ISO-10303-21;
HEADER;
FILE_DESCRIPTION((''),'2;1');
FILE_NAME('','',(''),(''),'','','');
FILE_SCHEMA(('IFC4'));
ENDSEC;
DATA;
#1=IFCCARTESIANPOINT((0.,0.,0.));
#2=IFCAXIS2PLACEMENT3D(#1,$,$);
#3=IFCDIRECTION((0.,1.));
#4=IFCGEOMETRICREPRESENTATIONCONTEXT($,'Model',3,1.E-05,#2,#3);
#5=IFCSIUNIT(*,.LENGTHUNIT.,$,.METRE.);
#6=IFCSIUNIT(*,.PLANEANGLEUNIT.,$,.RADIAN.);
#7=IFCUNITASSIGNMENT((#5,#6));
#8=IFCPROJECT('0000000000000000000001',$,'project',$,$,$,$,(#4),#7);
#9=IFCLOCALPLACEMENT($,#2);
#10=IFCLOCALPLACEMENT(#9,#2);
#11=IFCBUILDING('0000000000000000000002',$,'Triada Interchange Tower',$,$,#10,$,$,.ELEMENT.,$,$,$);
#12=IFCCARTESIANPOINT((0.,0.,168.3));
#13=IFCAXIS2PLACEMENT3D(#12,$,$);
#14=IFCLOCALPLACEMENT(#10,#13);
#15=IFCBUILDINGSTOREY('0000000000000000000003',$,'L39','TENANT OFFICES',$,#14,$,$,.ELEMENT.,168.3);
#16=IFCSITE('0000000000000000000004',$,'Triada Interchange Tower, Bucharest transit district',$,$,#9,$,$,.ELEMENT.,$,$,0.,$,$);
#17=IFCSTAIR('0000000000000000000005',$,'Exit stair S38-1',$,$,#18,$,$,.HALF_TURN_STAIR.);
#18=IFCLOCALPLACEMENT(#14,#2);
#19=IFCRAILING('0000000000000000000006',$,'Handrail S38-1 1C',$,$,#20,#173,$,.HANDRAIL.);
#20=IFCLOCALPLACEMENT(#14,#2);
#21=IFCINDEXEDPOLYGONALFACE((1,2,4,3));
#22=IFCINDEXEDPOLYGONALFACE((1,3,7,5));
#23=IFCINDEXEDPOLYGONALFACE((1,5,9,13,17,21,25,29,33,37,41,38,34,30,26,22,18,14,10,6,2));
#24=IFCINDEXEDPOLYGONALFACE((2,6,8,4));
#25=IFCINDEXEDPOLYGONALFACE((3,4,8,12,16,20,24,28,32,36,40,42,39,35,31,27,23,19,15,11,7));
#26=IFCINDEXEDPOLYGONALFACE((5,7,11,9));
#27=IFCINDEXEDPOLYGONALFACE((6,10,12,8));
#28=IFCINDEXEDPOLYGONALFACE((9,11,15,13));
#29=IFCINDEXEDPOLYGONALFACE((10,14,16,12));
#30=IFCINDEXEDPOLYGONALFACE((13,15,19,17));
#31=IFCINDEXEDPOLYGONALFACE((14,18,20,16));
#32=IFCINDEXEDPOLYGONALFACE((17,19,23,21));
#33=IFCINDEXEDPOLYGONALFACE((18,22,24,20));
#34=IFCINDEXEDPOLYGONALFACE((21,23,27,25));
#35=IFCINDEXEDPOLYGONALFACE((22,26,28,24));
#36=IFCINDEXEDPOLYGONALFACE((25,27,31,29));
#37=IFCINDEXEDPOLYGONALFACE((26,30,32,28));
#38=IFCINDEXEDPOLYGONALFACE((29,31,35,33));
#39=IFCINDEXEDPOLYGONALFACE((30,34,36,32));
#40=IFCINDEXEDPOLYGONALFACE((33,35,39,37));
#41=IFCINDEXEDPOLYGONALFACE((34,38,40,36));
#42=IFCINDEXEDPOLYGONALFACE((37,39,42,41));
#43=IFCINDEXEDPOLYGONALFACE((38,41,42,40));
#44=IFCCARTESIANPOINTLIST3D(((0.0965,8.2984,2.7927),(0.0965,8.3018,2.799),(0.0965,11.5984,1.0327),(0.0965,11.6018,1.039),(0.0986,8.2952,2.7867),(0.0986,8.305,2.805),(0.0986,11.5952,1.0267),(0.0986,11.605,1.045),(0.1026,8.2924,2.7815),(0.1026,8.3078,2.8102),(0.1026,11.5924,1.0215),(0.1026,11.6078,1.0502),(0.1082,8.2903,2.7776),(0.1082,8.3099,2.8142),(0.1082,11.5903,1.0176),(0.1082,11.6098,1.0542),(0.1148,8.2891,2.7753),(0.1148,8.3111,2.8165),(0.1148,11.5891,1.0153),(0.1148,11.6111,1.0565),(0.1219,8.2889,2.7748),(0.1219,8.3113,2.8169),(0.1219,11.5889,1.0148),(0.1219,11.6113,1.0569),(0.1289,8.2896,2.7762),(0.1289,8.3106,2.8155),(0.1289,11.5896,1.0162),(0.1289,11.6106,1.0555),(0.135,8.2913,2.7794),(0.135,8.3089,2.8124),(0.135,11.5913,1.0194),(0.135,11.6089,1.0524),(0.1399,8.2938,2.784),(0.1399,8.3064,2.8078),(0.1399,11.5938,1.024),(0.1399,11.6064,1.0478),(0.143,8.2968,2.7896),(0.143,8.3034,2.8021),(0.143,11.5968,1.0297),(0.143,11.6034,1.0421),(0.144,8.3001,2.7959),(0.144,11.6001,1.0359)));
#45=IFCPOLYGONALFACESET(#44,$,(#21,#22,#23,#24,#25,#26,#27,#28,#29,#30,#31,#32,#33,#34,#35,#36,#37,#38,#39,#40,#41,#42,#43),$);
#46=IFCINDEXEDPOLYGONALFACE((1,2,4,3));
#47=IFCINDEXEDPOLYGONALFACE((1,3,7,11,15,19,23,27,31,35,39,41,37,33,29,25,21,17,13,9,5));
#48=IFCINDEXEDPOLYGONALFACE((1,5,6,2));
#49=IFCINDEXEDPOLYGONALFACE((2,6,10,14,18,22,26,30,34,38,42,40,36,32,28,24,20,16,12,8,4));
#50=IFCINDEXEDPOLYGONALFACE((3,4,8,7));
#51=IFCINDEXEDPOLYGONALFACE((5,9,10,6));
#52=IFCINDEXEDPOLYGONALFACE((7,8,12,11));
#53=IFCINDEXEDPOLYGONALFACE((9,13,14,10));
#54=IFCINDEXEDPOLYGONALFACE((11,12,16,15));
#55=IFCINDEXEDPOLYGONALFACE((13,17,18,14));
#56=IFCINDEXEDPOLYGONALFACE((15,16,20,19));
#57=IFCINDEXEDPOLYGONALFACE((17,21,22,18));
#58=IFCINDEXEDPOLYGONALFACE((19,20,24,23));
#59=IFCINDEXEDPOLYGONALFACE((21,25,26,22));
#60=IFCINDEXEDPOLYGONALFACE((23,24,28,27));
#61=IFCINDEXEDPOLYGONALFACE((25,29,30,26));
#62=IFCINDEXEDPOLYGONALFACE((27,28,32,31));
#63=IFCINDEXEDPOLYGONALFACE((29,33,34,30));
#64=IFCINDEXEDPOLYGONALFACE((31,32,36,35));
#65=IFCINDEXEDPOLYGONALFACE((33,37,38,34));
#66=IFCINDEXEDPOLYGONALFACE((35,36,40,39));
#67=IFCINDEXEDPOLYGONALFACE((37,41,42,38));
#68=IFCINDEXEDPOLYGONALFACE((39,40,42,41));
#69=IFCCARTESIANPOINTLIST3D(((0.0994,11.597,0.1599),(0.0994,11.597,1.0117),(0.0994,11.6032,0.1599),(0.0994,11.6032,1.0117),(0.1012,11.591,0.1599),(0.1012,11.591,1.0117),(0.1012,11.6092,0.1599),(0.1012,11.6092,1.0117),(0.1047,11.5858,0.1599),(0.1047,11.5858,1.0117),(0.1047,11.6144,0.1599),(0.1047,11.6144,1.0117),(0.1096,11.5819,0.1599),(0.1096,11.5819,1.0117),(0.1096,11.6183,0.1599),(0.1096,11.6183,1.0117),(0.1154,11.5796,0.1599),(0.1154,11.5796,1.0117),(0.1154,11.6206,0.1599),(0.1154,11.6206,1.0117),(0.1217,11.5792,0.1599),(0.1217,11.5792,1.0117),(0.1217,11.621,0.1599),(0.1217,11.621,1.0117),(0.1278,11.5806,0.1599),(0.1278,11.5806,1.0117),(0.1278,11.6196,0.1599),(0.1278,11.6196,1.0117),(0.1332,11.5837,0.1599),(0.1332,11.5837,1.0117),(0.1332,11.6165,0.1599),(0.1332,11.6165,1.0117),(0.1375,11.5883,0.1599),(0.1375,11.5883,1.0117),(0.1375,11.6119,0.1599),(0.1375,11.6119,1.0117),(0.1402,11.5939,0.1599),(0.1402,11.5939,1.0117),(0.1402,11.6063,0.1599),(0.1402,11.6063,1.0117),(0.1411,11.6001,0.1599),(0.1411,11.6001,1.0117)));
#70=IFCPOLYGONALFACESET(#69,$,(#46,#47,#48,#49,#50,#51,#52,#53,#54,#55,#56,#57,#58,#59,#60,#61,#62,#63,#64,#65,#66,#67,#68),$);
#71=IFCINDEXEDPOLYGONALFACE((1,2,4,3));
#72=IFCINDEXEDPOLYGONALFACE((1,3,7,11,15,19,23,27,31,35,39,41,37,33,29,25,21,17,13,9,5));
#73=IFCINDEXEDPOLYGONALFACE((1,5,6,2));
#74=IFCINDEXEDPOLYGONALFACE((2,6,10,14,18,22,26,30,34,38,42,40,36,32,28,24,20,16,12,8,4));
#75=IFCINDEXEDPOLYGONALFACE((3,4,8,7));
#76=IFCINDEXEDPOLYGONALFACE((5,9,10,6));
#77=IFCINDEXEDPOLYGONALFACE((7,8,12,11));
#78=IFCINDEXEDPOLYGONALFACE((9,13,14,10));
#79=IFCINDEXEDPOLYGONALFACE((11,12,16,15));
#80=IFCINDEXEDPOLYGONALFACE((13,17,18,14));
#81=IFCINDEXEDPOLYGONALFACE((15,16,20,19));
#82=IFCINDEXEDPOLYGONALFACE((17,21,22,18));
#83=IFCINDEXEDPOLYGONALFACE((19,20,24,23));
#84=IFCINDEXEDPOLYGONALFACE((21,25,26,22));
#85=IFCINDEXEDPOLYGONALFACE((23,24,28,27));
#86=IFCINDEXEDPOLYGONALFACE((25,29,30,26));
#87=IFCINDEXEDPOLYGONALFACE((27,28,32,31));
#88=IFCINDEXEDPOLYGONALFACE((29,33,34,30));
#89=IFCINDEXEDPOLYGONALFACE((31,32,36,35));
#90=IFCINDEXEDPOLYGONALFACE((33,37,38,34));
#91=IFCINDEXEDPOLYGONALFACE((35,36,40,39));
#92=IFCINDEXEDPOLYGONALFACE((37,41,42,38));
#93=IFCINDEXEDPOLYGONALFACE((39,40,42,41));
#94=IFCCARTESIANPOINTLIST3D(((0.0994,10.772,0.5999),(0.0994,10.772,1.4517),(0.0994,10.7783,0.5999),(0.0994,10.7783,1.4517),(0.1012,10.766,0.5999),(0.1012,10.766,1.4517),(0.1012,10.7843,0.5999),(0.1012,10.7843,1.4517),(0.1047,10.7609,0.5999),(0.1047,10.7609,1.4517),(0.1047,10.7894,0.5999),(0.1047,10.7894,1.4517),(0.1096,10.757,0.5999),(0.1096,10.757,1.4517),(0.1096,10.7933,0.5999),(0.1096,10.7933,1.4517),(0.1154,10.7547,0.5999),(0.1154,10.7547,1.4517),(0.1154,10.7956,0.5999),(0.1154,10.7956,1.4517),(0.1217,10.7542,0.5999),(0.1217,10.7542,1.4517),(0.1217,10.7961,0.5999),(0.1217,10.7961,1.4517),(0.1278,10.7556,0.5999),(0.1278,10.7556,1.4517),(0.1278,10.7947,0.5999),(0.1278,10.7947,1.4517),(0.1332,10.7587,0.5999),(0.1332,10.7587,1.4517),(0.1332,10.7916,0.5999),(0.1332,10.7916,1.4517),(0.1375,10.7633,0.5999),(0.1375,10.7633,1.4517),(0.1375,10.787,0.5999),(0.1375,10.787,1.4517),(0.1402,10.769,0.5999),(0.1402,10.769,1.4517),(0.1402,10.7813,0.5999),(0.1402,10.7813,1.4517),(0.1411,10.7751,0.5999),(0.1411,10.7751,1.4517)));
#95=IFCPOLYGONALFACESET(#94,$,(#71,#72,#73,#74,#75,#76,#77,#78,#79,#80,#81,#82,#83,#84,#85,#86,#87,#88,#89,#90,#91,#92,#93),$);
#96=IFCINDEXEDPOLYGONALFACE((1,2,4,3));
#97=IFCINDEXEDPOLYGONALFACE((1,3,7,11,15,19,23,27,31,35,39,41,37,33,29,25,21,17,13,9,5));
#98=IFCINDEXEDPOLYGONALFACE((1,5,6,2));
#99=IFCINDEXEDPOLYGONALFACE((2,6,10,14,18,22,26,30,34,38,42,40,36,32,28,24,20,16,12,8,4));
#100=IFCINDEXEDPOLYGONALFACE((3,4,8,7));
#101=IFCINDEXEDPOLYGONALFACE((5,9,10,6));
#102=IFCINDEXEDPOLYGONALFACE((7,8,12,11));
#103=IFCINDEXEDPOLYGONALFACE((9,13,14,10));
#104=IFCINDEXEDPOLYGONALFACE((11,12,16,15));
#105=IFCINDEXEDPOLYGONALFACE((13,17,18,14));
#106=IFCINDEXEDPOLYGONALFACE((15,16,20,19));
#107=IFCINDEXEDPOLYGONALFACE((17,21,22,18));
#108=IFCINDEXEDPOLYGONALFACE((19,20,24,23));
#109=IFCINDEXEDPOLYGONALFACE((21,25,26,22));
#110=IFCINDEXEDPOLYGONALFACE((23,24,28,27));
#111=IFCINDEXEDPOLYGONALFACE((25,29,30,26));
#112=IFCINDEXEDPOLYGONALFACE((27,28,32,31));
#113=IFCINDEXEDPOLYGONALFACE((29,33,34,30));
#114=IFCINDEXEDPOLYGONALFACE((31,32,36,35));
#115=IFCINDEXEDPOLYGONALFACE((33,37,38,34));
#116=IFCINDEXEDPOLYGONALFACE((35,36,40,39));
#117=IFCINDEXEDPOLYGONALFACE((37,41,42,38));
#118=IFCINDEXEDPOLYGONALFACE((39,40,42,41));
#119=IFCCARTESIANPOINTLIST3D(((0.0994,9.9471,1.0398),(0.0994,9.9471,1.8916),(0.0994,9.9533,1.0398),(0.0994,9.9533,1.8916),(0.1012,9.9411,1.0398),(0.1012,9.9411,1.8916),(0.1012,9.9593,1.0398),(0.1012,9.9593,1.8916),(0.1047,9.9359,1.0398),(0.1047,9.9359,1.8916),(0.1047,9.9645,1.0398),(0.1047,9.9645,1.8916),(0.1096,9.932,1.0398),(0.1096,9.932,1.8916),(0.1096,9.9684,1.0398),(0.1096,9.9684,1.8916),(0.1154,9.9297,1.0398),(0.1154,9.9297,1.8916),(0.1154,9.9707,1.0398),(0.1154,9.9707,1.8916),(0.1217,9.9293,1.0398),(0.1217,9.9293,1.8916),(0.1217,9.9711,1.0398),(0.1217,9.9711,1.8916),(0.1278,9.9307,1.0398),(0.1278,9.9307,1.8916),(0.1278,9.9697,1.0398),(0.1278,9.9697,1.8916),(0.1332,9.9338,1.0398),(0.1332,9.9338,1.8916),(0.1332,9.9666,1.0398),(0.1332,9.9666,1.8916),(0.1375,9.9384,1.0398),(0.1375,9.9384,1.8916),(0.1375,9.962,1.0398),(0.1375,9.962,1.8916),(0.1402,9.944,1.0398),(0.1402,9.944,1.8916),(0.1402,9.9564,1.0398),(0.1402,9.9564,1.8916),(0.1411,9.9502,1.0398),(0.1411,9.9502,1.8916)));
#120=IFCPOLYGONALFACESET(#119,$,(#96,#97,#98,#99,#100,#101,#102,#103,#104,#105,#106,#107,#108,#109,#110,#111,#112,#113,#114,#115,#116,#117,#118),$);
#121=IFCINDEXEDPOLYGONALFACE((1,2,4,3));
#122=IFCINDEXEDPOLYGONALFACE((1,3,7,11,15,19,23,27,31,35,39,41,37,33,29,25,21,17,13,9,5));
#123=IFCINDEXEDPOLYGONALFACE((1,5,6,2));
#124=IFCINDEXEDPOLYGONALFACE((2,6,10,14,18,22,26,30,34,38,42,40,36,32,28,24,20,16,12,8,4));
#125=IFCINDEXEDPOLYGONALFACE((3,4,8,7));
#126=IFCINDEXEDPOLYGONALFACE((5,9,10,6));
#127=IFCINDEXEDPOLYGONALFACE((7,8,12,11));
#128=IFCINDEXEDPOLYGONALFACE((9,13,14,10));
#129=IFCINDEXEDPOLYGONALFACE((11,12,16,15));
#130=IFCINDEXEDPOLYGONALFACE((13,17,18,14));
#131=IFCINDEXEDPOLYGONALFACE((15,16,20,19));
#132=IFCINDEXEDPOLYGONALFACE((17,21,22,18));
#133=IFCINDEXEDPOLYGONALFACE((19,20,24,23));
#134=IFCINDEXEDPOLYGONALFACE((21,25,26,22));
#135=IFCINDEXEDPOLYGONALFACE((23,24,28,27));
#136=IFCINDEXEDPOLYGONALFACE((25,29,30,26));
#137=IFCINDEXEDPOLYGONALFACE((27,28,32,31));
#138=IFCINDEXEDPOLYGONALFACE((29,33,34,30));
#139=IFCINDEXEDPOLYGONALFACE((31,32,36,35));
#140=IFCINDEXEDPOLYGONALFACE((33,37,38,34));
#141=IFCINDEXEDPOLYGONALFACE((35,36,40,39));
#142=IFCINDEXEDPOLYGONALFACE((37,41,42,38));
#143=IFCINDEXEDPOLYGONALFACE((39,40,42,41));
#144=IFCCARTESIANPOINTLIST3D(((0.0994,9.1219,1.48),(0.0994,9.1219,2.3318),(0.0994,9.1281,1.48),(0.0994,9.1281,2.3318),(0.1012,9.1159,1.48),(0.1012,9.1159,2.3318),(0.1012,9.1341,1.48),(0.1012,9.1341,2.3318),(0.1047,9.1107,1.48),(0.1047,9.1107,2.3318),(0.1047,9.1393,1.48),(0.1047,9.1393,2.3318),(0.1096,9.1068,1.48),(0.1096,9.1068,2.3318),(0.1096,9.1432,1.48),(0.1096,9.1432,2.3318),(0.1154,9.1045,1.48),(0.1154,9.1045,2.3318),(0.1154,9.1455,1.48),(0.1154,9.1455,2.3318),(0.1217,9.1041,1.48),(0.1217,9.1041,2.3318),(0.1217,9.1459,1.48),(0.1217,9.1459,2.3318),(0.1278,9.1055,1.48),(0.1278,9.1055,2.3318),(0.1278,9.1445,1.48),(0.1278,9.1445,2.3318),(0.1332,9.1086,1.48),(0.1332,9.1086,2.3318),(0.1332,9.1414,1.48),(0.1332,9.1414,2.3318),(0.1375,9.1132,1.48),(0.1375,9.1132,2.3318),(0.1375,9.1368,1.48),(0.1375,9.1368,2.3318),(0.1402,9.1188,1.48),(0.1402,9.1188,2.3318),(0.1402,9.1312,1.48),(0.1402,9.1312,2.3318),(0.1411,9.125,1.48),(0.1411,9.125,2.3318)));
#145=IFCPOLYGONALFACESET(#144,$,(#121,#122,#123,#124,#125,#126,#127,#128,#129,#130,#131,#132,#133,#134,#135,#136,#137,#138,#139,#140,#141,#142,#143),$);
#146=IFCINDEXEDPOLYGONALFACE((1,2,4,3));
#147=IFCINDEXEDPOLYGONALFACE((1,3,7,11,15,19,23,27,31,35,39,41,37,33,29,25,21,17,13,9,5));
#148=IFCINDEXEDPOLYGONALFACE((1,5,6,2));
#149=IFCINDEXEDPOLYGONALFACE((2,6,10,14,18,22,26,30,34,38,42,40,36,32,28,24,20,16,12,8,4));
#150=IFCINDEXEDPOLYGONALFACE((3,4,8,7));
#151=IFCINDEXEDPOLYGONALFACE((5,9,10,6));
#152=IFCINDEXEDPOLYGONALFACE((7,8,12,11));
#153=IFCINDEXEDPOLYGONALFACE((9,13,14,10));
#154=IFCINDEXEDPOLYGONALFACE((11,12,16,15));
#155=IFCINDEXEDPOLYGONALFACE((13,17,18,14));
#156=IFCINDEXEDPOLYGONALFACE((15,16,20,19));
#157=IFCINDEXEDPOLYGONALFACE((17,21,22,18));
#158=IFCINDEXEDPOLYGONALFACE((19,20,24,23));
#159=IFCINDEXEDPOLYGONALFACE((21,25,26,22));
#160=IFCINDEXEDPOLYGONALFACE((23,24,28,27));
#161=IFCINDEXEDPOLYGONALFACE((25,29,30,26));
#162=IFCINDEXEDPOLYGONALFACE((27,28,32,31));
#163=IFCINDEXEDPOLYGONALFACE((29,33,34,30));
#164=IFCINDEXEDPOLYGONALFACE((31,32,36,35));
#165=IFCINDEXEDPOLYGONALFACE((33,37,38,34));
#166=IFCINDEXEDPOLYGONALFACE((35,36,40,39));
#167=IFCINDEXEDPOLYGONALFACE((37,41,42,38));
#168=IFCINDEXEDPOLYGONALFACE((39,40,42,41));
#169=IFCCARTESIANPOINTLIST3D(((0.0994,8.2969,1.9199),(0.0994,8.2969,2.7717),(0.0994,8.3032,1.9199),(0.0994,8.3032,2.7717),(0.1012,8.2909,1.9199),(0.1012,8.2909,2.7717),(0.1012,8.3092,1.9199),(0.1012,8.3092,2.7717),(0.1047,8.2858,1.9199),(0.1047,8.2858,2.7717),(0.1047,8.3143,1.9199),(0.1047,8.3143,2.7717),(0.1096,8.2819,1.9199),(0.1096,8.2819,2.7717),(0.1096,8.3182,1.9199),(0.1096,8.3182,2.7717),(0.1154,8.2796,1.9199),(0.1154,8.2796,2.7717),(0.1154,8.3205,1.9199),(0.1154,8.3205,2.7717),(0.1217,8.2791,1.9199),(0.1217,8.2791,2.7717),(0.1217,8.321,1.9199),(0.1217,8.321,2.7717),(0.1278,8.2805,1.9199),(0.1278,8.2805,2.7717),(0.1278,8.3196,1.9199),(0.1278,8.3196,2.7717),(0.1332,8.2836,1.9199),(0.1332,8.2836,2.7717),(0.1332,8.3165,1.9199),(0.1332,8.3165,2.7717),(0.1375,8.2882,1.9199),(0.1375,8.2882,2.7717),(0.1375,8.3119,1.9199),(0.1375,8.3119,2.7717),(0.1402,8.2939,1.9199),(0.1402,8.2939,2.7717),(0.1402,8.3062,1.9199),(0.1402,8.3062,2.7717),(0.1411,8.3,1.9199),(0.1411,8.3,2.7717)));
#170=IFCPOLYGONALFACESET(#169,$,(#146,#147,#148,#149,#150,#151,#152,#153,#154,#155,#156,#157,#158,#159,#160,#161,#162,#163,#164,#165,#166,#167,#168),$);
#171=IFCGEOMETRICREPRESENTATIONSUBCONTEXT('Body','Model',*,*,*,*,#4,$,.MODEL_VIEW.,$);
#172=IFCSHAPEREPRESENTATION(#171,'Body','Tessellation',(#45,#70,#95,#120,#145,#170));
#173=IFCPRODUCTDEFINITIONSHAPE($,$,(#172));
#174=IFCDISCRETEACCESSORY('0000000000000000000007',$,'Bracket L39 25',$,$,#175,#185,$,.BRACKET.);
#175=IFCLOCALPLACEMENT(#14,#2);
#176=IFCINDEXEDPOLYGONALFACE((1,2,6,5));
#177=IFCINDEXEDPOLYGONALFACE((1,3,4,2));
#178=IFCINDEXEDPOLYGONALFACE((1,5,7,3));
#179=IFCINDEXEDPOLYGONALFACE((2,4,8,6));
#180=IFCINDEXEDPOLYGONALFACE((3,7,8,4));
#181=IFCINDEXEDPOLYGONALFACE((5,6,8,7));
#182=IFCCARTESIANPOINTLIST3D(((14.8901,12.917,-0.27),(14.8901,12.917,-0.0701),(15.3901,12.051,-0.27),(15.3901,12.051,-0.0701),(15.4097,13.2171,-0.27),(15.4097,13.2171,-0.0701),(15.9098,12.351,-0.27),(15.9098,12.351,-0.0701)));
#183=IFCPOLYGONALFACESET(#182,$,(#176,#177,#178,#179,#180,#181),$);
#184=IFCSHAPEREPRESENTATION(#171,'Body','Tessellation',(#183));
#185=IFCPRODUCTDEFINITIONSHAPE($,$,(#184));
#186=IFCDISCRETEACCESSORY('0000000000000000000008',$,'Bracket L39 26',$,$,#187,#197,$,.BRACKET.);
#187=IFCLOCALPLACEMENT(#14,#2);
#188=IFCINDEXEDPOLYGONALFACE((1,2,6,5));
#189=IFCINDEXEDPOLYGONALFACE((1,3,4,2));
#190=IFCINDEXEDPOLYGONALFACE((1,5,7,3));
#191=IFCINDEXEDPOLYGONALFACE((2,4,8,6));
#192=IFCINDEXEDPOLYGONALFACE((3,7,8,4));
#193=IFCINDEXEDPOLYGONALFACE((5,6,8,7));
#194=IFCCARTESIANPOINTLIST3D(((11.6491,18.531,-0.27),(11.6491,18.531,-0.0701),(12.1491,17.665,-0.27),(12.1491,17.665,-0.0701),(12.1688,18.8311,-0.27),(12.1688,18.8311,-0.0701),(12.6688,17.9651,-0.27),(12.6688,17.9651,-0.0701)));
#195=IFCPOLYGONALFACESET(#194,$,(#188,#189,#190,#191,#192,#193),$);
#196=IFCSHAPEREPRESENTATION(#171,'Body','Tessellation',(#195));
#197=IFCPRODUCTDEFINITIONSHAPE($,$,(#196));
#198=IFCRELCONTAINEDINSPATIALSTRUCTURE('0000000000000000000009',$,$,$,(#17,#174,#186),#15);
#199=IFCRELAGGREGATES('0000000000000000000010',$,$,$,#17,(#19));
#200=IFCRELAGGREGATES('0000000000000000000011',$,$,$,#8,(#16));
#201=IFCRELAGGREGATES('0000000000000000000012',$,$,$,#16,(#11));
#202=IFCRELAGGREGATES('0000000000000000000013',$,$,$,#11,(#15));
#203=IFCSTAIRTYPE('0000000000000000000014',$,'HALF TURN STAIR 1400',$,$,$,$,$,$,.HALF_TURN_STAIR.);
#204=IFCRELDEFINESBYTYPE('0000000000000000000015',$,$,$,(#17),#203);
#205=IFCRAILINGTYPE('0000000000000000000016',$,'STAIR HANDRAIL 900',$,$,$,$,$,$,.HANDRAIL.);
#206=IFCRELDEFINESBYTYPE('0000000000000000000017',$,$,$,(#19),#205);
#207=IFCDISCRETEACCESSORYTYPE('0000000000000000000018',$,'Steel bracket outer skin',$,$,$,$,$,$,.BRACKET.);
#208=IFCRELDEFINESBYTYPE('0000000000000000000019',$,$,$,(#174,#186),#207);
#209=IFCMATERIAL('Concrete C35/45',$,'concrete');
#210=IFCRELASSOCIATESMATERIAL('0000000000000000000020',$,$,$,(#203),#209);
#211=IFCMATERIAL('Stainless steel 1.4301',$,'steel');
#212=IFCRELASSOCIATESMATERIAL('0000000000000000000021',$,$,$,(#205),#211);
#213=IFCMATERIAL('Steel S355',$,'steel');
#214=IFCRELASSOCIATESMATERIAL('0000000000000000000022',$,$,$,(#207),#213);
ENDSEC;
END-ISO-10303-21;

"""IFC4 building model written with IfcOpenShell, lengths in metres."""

from ifc_helpers import new_model, si_unit, direction, frame, origin, origin_2d, place, context, subcontext, project, spatial, rectangle, circle, extrude, material, type_object, element, aggregate, save


model = new_model("IFC4")

# Units and contexts
model_context = context("Model", 3, precision=1e-05, world=origin(), true_north=direction((0.0, 1.0)))
body_context = subcontext(model_context, "Body", "Model", "MODEL_VIEW")
ifc_project = project(units=[si_unit("LENGTHUNIT", "METRE"), si_unit("PLANEANGLEUNIT", "RADIAN")], contexts=[model_context])

# Site, building, storey
site_placement = place(None, origin())
site = spatial("IfcSite", under=ifc_project, at=site_placement, Name="Triada Interchange Tower, Bucharest transit district", CompositionType="ELEMENT", RefElevation=0.0)
building_placement = place(site_placement, origin())
building = spatial("IfcBuilding", under=site, at=building_placement, Name="Triada Interchange Tower", CompositionType="ELEMENT")
storey_placement = place(building_placement, frame((0.0, 0.0, 168.3)))
storey = spatial("IfcBuildingStorey", under=building, at=storey_placement, Name="L39", Description="TENANT OFFICES", CompositionType="ELEMENT", Elevation=168.3)

# Stair
ifc_material_1 = material(Name="Concrete C35/45", Category="concrete")
stair_type = type_object("IfcStairType", Name="HALF TURN STAIR 1400", PredefinedType="HALF_TURN_STAIR", material=ifc_material_1)
stair_placement = place(storey_placement, origin())
stair = element("IfcStair", 1, at=stair_placement, inside=storey, type_object=stair_type, Name="Exit stair S38-1", PredefinedType="HALF_TURN_STAIR")

# Railing
ifc_material_2 = material(Name="Stainless steel 1.4301", Category="steel")
railing_type = type_object("IfcRailingType", Name="STAIR HANDRAIL 900", PredefinedType="HANDRAIL", material=ifc_material_2)
railing_1_placement = place(storey_placement, frame((0.1201, 11.6001, 0.1599)))
railing_1 = element("IfcRailing", 2, at=railing_1_placement, type_object=railing_type, Name="Handrail S38-1 1C", PredefinedType="HANDRAIL", context=body_context, shape_type="SweptSolid", body=[
    extrude(circle(Radius=0.0239, at=origin_2d()), frame((0.0, 0.0, 0.876), z_axis=(0.0, -0.882355, 0.470585), x_axis=(1.0, 0.0, 0.0)), (0.0, 0.0, 1.0), 3.74),
    extrude(circle(Radius=0.021, at=origin_2d()), origin(), (0.0, 0.0, 1.0), 0.8518),
    extrude(circle(Radius=0.021, at=origin_2d()), frame((0.0, -0.825, 0.4399)), (0.0, 0.0, 1.0), 0.8518),
    extrude(circle(Radius=0.021, at=origin_2d()), frame((0.0, -1.6499, 0.8799)), (0.0, 0.0, 1.0), 0.8518),
    extrude(circle(Radius=0.021, at=origin_2d()), frame((0.0, -2.4751, 1.3201)), (0.0, 0.0, 1.0), 0.8518),
    extrude(circle(Radius=0.021, at=origin_2d()), frame((0.0, -3.3, 1.76)), (0.0, 0.0, 1.0), 0.8518),
])
aggregate(stair, [railing_1])

# Discrete accessories
ifc_material_3 = material(Name="Steel S355", Category="steel")
discrete_accessory_type = type_object("IfcDiscreteAccessoryType", Name="Steel bracket outer skin", PredefinedType="BRACKET", material=ifc_material_3)
for number, where, z_axis, x_axis, name in (
    (3, (15.3999, 12.634, -0.27), (0.0, 0.0, 1.0), (0.866023, 0.500005, 0.0), "Bracket L39 25"),
    (4, (12.1589, 18.248, -0.27), (0.0, 0.0, 1.0), (0.866023, 0.500005, 0.0), "Bracket L39 26"),
):
    element("IfcDiscreteAccessory", number, at=place(storey_placement, frame(where, z_axis=z_axis, x_axis=x_axis)), inside=storey, type_object=discrete_accessory_type, Name=name, PredefinedType="BRACKET", context=body_context, shape_type="SweptSolid", body=[
        extrude(rectangle(XDim=0.6001, YDim=1.0, at=origin_2d()), origin(), (0.0, 0.0, 1.0), 0.2),
    ])

save(model, "model.ifc")
